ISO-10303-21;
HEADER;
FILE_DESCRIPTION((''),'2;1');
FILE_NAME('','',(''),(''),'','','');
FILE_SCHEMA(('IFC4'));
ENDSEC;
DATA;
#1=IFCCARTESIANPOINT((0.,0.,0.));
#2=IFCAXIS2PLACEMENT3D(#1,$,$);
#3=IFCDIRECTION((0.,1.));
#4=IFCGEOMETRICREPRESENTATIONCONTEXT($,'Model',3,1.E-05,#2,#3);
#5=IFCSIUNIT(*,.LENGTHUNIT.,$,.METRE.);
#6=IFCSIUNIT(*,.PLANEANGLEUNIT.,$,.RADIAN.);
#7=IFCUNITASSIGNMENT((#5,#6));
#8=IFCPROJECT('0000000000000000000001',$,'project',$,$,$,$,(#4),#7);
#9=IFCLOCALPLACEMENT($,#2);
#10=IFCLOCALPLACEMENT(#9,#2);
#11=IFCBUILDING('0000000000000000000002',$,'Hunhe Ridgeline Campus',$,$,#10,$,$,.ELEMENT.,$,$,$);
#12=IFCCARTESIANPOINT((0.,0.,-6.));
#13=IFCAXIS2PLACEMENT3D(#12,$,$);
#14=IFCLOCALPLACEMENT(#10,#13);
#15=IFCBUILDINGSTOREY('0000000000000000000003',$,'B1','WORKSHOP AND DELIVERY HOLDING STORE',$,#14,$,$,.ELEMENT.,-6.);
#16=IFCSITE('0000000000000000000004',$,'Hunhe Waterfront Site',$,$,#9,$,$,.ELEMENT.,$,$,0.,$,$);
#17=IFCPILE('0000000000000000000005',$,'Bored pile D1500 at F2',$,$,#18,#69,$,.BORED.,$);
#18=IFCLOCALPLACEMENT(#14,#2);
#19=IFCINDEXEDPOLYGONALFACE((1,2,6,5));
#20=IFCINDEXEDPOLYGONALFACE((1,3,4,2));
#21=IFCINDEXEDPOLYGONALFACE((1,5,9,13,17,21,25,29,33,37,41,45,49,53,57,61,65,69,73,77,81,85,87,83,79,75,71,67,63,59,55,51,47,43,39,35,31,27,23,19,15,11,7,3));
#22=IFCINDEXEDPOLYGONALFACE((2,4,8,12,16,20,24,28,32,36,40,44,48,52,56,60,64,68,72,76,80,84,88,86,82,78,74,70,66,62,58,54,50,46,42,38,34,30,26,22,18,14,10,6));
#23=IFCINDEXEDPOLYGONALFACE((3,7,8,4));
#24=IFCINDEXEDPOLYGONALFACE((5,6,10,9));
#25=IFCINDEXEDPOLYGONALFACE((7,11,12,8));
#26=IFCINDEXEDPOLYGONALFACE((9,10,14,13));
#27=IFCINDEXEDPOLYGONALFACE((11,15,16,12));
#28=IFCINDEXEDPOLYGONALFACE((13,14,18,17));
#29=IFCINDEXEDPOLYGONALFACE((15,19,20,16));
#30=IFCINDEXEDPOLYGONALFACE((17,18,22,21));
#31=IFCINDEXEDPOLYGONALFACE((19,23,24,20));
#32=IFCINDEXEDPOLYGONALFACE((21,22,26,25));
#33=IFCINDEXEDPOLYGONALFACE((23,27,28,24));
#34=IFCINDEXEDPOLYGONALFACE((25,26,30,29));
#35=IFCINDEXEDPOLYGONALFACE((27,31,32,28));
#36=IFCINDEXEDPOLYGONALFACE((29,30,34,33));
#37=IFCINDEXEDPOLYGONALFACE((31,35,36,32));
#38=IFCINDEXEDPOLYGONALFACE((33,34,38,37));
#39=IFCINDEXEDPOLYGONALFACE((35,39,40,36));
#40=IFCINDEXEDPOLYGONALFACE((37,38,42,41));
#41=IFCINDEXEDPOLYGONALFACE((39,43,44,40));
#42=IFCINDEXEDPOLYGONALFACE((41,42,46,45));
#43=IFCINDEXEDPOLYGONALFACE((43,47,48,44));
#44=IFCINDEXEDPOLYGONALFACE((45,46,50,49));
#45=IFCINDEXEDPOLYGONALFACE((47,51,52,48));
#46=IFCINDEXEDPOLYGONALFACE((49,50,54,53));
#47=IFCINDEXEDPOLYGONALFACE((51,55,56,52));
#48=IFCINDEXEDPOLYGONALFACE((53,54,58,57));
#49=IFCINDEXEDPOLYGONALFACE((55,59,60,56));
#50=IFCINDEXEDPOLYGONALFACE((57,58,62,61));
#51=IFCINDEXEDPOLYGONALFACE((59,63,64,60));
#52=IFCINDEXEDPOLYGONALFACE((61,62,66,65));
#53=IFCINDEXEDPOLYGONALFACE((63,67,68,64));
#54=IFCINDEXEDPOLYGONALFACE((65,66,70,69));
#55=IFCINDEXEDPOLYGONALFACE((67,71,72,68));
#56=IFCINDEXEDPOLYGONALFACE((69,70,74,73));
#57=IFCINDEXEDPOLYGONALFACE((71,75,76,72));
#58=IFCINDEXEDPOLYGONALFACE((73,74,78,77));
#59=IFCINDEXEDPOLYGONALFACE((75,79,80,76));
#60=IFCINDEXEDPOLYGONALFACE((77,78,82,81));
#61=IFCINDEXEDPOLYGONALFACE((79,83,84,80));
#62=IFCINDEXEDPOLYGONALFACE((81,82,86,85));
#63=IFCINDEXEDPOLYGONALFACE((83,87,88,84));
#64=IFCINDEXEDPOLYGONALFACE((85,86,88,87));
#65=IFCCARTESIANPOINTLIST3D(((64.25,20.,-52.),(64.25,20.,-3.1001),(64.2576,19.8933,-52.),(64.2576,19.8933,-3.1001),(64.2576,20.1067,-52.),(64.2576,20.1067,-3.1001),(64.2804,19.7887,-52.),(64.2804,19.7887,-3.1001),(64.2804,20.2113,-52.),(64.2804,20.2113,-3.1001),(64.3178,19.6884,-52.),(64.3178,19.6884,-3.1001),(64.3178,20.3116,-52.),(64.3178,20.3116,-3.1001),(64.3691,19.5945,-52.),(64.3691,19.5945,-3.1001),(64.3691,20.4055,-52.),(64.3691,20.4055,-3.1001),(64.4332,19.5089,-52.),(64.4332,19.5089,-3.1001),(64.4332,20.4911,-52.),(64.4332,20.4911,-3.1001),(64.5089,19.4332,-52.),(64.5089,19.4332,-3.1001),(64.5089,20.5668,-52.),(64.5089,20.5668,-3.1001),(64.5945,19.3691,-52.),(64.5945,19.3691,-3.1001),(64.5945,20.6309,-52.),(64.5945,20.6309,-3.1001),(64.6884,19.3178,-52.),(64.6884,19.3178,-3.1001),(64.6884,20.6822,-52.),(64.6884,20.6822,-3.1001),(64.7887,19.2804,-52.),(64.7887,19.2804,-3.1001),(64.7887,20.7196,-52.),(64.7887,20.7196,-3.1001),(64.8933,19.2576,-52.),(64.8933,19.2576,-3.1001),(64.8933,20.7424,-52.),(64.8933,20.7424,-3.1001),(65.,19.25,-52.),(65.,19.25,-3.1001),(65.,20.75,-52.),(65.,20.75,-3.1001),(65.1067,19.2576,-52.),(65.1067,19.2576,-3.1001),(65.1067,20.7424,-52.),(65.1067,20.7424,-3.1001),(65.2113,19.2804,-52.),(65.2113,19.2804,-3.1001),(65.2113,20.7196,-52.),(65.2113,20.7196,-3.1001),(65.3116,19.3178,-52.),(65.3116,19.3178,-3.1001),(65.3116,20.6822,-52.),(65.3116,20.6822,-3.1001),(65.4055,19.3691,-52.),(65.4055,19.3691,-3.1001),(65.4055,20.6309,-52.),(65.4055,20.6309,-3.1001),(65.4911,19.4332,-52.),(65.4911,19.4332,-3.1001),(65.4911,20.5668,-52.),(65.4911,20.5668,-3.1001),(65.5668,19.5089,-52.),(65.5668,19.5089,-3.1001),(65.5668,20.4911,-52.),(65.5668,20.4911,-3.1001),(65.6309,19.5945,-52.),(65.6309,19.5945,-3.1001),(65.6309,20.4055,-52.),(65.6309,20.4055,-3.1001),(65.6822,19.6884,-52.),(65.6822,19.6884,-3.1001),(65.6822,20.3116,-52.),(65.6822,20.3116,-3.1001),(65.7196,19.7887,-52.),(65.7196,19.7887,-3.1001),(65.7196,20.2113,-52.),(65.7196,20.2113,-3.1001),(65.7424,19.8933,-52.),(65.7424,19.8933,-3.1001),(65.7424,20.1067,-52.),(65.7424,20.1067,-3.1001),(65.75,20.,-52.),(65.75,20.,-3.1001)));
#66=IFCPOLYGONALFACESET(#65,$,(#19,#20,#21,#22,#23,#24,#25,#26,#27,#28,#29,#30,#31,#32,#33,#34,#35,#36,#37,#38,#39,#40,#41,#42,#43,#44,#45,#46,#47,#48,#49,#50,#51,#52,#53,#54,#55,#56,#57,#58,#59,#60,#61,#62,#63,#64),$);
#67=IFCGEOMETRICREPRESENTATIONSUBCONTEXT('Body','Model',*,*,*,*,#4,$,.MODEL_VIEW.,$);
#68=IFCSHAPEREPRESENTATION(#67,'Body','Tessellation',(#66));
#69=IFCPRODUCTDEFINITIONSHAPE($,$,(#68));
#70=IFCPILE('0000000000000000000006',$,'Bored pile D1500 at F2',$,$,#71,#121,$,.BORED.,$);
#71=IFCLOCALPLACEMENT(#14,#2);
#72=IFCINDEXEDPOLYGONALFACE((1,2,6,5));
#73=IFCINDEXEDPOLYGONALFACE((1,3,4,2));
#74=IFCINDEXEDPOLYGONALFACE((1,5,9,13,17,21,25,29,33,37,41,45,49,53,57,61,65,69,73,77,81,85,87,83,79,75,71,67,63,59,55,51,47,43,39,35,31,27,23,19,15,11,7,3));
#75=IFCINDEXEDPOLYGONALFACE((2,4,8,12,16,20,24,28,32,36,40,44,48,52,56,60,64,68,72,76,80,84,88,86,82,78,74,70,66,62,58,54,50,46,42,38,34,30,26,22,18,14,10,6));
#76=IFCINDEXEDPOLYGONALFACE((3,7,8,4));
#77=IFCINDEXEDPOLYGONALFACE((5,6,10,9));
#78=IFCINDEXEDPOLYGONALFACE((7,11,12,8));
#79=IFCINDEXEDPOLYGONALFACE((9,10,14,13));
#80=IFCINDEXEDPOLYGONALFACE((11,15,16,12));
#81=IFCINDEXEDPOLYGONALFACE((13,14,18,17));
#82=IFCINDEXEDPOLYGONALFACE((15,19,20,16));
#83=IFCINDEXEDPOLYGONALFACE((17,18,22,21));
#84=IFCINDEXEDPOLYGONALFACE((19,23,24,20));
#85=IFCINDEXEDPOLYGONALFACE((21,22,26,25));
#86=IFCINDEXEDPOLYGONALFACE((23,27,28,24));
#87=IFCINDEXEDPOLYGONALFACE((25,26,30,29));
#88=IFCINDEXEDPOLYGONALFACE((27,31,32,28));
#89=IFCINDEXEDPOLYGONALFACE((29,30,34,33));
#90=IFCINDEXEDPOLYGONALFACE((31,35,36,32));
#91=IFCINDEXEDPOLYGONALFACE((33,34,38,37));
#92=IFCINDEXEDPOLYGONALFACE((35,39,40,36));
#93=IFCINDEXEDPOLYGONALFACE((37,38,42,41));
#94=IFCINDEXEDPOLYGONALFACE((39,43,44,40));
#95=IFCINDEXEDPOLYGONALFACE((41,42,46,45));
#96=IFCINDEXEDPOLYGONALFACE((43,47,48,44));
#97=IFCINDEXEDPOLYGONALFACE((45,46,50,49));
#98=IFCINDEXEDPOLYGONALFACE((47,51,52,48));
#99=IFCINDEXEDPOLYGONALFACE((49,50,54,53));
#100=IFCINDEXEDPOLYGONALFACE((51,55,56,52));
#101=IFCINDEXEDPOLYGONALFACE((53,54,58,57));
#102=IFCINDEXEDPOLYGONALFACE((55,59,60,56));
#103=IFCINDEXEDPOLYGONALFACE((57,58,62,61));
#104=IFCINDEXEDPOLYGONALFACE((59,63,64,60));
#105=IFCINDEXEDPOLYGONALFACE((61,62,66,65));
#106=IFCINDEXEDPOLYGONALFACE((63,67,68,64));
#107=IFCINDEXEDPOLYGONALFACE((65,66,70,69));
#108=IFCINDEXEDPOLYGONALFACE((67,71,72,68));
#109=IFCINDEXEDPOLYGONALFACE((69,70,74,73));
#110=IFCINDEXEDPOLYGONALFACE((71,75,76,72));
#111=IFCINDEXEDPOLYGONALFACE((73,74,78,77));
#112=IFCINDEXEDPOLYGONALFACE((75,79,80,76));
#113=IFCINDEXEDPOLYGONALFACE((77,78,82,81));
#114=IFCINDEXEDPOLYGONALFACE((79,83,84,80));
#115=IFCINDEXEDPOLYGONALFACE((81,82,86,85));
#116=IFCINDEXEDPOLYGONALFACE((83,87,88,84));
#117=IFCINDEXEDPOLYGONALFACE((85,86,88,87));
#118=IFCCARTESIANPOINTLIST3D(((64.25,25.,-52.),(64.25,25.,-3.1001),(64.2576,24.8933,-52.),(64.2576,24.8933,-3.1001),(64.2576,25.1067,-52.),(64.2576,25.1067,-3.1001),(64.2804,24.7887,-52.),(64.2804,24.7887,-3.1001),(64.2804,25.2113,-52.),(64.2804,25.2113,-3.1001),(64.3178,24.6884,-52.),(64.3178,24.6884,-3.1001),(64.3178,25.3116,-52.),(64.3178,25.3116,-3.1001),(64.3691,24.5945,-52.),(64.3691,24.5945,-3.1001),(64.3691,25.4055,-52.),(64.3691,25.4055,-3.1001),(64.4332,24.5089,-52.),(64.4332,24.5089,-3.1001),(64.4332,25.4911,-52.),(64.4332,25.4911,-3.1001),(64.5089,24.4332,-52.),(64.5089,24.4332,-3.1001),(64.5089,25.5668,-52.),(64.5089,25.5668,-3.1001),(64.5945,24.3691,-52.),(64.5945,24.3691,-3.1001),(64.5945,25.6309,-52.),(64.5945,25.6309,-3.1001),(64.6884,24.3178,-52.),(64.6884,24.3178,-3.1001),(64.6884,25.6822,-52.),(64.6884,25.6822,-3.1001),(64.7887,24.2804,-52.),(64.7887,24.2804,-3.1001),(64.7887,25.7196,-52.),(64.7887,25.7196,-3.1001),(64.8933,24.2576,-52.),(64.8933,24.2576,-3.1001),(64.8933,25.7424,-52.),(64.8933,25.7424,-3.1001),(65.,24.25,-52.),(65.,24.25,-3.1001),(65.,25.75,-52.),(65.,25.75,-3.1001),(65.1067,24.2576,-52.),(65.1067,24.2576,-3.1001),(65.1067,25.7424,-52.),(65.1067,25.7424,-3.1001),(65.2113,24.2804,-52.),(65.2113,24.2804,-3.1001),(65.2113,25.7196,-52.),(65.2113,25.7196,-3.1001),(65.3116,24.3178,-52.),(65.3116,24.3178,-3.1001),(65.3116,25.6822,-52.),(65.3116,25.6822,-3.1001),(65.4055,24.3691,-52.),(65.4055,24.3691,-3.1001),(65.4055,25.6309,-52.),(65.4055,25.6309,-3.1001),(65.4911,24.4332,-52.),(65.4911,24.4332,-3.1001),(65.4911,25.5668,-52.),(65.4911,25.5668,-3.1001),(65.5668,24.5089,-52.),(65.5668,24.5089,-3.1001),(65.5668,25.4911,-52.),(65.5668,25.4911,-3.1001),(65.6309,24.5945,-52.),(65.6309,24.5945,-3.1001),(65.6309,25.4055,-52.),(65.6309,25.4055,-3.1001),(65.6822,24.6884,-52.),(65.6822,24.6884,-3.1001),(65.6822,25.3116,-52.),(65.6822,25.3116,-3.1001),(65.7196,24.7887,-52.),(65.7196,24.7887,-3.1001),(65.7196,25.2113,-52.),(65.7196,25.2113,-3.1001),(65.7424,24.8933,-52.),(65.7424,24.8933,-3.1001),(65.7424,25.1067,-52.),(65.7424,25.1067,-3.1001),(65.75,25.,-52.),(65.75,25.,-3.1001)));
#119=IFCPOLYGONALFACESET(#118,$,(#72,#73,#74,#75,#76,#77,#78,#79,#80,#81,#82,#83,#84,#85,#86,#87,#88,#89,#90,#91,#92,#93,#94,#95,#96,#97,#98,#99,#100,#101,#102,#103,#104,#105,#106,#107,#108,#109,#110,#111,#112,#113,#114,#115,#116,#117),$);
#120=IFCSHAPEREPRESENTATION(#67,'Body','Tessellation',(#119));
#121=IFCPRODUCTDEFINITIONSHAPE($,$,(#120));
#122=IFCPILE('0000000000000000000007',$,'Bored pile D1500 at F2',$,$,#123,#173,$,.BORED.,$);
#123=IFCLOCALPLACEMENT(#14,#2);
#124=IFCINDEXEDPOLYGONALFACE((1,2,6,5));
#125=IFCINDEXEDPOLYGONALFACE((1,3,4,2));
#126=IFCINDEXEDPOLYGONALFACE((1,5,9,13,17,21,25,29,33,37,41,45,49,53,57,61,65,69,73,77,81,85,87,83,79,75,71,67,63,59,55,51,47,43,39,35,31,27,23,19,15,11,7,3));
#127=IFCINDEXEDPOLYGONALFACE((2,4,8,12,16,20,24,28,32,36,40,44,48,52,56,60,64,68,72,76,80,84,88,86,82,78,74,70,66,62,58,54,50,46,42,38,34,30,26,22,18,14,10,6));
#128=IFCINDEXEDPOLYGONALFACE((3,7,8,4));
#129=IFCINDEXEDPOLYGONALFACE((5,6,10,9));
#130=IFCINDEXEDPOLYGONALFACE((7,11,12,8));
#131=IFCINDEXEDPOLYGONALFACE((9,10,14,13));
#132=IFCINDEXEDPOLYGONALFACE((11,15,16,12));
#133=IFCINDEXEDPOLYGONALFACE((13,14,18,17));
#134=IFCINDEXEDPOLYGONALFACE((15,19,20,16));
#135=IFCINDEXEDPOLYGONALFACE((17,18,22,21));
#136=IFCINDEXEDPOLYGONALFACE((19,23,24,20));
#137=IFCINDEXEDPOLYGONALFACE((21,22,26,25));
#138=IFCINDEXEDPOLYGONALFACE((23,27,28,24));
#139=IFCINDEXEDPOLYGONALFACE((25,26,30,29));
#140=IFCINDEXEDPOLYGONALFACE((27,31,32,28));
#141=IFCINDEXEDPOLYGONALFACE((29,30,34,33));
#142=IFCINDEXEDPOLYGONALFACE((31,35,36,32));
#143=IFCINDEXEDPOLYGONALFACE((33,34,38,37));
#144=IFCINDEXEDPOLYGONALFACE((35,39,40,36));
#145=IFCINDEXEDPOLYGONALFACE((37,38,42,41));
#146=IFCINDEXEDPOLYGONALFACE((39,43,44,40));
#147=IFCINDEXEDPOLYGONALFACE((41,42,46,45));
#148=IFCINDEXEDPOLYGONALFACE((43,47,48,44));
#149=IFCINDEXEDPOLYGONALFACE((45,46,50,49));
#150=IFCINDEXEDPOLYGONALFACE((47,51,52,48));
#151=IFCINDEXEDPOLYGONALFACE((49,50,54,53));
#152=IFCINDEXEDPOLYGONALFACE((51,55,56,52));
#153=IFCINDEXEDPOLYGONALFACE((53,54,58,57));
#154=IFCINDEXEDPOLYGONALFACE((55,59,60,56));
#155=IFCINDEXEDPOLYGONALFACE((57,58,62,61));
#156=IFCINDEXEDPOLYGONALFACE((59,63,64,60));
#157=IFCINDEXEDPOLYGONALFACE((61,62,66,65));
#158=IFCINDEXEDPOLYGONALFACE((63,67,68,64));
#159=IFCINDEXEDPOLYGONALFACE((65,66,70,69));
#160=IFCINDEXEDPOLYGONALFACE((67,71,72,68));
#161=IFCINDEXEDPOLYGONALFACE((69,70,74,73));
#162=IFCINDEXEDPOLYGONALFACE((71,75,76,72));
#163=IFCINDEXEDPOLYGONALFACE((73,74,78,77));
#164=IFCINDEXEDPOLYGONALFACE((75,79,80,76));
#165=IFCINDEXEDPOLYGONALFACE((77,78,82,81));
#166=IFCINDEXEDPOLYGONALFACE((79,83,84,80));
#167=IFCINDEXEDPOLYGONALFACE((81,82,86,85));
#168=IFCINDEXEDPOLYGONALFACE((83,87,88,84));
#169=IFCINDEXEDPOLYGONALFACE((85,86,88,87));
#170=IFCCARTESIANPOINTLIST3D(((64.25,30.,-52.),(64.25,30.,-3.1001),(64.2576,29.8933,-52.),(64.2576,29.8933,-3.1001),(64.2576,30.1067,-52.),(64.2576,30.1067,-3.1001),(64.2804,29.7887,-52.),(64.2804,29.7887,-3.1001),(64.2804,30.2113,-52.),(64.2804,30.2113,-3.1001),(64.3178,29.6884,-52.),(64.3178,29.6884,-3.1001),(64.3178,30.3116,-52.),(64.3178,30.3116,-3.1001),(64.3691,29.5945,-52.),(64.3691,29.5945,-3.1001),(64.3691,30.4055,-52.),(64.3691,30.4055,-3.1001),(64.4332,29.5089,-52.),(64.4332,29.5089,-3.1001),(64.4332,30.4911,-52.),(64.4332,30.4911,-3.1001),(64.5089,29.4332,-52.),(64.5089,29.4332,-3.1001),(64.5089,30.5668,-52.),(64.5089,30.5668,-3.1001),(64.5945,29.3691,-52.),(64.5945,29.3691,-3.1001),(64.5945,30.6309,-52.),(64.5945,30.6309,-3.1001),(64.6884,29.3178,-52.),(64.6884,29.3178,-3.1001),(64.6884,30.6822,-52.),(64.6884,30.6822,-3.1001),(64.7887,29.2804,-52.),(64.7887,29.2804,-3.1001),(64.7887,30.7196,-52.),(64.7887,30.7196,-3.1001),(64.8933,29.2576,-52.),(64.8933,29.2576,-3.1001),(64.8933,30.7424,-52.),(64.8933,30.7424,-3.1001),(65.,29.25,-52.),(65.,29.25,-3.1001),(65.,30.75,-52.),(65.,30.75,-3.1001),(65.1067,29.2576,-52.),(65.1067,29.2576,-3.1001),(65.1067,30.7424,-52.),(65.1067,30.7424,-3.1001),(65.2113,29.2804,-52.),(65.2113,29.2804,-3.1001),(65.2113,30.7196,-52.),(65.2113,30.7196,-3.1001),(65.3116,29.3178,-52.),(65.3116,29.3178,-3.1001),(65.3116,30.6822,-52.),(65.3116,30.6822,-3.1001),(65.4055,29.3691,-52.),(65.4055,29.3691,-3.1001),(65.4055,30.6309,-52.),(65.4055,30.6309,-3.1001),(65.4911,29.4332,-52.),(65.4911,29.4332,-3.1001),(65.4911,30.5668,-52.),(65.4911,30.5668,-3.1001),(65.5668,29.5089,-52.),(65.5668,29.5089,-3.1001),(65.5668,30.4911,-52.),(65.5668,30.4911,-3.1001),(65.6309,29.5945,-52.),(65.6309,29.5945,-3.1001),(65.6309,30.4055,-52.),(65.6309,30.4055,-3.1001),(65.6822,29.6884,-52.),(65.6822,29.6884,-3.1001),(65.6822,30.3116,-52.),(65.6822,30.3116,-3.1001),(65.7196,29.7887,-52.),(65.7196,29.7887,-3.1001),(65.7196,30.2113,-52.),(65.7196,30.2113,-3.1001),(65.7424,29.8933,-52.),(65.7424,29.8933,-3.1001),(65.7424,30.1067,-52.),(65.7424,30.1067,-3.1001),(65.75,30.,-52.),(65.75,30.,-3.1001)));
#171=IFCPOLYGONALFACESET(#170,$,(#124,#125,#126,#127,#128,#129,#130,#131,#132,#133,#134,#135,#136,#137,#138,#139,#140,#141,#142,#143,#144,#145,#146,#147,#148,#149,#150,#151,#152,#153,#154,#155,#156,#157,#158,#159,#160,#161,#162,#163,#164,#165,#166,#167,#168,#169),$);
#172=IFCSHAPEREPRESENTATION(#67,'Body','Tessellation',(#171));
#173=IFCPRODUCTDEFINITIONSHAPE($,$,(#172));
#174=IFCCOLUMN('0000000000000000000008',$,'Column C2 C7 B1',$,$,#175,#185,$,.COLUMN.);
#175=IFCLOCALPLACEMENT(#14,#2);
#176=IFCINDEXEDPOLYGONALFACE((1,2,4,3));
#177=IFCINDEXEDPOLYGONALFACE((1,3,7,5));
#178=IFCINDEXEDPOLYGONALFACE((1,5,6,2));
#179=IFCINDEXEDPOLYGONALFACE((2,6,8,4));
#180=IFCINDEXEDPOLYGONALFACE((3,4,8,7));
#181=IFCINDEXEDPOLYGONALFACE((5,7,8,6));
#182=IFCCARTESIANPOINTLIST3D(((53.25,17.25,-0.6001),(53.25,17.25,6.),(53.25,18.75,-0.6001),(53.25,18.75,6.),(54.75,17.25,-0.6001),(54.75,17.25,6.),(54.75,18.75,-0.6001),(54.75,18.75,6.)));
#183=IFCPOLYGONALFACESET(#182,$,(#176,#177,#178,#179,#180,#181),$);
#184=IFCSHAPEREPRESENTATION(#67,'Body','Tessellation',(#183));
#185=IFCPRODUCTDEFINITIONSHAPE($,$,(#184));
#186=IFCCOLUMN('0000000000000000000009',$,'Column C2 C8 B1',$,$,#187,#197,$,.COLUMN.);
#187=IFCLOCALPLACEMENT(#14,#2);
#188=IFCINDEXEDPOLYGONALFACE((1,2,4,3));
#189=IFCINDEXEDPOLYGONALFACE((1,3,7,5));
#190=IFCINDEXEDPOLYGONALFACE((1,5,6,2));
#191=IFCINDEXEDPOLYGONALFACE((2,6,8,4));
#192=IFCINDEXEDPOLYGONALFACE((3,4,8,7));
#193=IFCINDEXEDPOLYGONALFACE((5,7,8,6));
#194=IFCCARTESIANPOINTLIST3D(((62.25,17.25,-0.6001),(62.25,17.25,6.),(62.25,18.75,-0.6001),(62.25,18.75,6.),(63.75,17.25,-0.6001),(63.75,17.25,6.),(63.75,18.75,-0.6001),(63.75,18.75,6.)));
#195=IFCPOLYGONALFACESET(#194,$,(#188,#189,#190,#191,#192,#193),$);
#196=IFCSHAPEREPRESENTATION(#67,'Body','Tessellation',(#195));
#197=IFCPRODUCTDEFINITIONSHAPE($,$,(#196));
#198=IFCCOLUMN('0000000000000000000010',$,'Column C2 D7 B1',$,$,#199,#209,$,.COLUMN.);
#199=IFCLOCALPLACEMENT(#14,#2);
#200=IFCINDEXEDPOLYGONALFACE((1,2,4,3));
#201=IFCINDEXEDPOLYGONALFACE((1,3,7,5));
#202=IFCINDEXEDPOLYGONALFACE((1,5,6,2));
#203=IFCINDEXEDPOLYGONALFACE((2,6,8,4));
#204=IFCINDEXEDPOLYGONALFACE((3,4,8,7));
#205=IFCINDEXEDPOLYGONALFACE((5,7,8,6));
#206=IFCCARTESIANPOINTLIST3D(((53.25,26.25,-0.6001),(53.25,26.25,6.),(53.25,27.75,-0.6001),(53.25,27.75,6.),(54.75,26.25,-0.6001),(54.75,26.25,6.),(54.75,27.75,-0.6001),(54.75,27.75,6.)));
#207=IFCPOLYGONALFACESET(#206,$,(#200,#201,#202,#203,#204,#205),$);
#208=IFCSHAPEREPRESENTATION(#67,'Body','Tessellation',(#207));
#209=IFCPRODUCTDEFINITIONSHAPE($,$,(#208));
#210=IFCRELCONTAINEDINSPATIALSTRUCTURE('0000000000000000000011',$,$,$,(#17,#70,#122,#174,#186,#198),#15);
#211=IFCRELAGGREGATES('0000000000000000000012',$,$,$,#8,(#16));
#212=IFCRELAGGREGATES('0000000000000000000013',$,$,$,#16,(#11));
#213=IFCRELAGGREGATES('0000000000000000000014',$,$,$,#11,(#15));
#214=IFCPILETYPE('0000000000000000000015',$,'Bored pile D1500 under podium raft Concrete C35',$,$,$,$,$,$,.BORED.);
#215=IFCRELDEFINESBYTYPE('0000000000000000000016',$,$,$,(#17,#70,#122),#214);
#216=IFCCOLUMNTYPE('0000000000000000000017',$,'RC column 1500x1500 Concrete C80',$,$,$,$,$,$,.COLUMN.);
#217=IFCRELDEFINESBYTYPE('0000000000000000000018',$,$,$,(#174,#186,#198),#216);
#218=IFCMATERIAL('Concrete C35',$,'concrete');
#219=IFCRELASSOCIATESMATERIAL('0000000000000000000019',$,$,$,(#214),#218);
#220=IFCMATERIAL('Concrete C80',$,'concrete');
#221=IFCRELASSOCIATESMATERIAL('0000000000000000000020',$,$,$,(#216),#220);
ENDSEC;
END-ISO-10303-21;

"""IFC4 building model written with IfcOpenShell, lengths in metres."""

from ifc_helpers import new_model, si_unit, direction, frame, origin, origin_2d, place, context, subcontext, project, spatial, rectangle, circle, extrude, material, material_profile, profile_set, type_object, element, save


model = new_model("IFC4")

# Units and contexts
model_context = context("Model", 3, precision=1e-05, world=origin(), true_north=direction((0.0, 1.0)))
body_context = subcontext(model_context, "Body", "Model", "MODEL_VIEW")
ifc_project = project(units=[si_unit("LENGTHUNIT", "METRE"), si_unit("PLANEANGLEUNIT", "RADIAN")], contexts=[model_context])

# Site, building, storey
site_placement = place(None, origin())
site = spatial("IfcSite", under=ifc_project, at=site_placement, Name="Hunhe Waterfront Site", CompositionType="ELEMENT", RefElevation=0.0)
building_placement = place(site_placement, origin())
building = spatial("IfcBuilding", under=site, at=building_placement, Name="Hunhe Ridgeline Campus", CompositionType="ELEMENT")
storey_placement = place(building_placement, frame((0.0, 0.0, -6.0)))
storey = spatial("IfcBuildingStorey", under=building, at=storey_placement, Name="B1", Description="WORKSHOP AND DELIVERY HOLDING STORE", CompositionType="ELEMENT", Elevation=-6.0)

# Piles
ifc_material_1 = material(Name="Concrete C35", Category="concrete")
ifc_material_profile_1 = material_profile(ifc_material_1, circle(Radius=0.75, at=origin_2d()))
ifc_profile_set_1 = profile_set([ifc_material_profile_1], Name="Concrete C35")
pile_type = type_object("IfcPileType", Name="Bored pile D1500 under podium raft Concrete C35", PredefinedType="BORED", material=ifc_profile_set_1)
for number, where, z_axis, x_axis, name in (
    (1, (65.0, 20.0, -3.1001), (0.0, 0.0, -1.0), (1.0, 0.0, 0.0), "Bored pile D1500 at F2"),
    (2, (65.0, 25.0, -3.1001), (0.0, 0.0, -1.0), (1.0, 0.0, 0.0), "Bored pile D1500 at F2"),
    (3, (65.0, 30.0, -3.1001), (0.0, 0.0, -1.0), (1.0, 0.0, 0.0), "Bored pile D1500 at F2"),
):
    element("IfcPile", number, at=place(storey_placement, frame(where, z_axis=z_axis, x_axis=x_axis)), inside=storey, type_object=pile_type, Name=name, PredefinedType="BORED", context=body_context, shape_type="SweptSolid", body=[
        extrude(circle(Radius=0.75, at=origin_2d()), origin(), (0.0, 0.0, 1.0), 48.8999),
    ])

# Columns
ifc_material_2 = material(Name="Concrete C80", Category="concrete")
ifc_material_profile_2 = material_profile(ifc_material_2, rectangle(XDim=1.5, YDim=1.5, at=origin_2d()))
ifc_profile_set_2 = profile_set([ifc_material_profile_2], Name="Concrete C80")
column_type = type_object("IfcColumnType", Name="RC column 1500x1500 Concrete C80", PredefinedType="COLUMN", material=ifc_profile_set_2)
for number, where, z_axis, x_axis, name in (
    (4, (54.0, 18.0, -0.6001), (0.0, 0.0, 1.0), (1.0, 0.0, 0.0), "Column C2 C7 B1"),
    (5, (63.0, 18.0, -0.6001), (0.0, 0.0, 1.0), (1.0, 0.0, 0.0), "Column C2 C8 B1"),
    (6, (54.0, 27.0, -0.6001), (0.0, 0.0, 1.0), (1.0, 0.0, 0.0), "Column C2 D7 B1"),
):
    element("IfcColumn", number, at=place(storey_placement, frame(where, z_axis=z_axis, x_axis=x_axis)), inside=storey, type_object=column_type, Name=name, PredefinedType="COLUMN", context=body_context, shape_type="SweptSolid", body=[
        extrude(rectangle(XDim=1.5, YDim=1.5, at=origin_2d()), origin(), (0.0, 0.0, 1.0), 6.6001),
    ])

save(model, "model.ifc")
